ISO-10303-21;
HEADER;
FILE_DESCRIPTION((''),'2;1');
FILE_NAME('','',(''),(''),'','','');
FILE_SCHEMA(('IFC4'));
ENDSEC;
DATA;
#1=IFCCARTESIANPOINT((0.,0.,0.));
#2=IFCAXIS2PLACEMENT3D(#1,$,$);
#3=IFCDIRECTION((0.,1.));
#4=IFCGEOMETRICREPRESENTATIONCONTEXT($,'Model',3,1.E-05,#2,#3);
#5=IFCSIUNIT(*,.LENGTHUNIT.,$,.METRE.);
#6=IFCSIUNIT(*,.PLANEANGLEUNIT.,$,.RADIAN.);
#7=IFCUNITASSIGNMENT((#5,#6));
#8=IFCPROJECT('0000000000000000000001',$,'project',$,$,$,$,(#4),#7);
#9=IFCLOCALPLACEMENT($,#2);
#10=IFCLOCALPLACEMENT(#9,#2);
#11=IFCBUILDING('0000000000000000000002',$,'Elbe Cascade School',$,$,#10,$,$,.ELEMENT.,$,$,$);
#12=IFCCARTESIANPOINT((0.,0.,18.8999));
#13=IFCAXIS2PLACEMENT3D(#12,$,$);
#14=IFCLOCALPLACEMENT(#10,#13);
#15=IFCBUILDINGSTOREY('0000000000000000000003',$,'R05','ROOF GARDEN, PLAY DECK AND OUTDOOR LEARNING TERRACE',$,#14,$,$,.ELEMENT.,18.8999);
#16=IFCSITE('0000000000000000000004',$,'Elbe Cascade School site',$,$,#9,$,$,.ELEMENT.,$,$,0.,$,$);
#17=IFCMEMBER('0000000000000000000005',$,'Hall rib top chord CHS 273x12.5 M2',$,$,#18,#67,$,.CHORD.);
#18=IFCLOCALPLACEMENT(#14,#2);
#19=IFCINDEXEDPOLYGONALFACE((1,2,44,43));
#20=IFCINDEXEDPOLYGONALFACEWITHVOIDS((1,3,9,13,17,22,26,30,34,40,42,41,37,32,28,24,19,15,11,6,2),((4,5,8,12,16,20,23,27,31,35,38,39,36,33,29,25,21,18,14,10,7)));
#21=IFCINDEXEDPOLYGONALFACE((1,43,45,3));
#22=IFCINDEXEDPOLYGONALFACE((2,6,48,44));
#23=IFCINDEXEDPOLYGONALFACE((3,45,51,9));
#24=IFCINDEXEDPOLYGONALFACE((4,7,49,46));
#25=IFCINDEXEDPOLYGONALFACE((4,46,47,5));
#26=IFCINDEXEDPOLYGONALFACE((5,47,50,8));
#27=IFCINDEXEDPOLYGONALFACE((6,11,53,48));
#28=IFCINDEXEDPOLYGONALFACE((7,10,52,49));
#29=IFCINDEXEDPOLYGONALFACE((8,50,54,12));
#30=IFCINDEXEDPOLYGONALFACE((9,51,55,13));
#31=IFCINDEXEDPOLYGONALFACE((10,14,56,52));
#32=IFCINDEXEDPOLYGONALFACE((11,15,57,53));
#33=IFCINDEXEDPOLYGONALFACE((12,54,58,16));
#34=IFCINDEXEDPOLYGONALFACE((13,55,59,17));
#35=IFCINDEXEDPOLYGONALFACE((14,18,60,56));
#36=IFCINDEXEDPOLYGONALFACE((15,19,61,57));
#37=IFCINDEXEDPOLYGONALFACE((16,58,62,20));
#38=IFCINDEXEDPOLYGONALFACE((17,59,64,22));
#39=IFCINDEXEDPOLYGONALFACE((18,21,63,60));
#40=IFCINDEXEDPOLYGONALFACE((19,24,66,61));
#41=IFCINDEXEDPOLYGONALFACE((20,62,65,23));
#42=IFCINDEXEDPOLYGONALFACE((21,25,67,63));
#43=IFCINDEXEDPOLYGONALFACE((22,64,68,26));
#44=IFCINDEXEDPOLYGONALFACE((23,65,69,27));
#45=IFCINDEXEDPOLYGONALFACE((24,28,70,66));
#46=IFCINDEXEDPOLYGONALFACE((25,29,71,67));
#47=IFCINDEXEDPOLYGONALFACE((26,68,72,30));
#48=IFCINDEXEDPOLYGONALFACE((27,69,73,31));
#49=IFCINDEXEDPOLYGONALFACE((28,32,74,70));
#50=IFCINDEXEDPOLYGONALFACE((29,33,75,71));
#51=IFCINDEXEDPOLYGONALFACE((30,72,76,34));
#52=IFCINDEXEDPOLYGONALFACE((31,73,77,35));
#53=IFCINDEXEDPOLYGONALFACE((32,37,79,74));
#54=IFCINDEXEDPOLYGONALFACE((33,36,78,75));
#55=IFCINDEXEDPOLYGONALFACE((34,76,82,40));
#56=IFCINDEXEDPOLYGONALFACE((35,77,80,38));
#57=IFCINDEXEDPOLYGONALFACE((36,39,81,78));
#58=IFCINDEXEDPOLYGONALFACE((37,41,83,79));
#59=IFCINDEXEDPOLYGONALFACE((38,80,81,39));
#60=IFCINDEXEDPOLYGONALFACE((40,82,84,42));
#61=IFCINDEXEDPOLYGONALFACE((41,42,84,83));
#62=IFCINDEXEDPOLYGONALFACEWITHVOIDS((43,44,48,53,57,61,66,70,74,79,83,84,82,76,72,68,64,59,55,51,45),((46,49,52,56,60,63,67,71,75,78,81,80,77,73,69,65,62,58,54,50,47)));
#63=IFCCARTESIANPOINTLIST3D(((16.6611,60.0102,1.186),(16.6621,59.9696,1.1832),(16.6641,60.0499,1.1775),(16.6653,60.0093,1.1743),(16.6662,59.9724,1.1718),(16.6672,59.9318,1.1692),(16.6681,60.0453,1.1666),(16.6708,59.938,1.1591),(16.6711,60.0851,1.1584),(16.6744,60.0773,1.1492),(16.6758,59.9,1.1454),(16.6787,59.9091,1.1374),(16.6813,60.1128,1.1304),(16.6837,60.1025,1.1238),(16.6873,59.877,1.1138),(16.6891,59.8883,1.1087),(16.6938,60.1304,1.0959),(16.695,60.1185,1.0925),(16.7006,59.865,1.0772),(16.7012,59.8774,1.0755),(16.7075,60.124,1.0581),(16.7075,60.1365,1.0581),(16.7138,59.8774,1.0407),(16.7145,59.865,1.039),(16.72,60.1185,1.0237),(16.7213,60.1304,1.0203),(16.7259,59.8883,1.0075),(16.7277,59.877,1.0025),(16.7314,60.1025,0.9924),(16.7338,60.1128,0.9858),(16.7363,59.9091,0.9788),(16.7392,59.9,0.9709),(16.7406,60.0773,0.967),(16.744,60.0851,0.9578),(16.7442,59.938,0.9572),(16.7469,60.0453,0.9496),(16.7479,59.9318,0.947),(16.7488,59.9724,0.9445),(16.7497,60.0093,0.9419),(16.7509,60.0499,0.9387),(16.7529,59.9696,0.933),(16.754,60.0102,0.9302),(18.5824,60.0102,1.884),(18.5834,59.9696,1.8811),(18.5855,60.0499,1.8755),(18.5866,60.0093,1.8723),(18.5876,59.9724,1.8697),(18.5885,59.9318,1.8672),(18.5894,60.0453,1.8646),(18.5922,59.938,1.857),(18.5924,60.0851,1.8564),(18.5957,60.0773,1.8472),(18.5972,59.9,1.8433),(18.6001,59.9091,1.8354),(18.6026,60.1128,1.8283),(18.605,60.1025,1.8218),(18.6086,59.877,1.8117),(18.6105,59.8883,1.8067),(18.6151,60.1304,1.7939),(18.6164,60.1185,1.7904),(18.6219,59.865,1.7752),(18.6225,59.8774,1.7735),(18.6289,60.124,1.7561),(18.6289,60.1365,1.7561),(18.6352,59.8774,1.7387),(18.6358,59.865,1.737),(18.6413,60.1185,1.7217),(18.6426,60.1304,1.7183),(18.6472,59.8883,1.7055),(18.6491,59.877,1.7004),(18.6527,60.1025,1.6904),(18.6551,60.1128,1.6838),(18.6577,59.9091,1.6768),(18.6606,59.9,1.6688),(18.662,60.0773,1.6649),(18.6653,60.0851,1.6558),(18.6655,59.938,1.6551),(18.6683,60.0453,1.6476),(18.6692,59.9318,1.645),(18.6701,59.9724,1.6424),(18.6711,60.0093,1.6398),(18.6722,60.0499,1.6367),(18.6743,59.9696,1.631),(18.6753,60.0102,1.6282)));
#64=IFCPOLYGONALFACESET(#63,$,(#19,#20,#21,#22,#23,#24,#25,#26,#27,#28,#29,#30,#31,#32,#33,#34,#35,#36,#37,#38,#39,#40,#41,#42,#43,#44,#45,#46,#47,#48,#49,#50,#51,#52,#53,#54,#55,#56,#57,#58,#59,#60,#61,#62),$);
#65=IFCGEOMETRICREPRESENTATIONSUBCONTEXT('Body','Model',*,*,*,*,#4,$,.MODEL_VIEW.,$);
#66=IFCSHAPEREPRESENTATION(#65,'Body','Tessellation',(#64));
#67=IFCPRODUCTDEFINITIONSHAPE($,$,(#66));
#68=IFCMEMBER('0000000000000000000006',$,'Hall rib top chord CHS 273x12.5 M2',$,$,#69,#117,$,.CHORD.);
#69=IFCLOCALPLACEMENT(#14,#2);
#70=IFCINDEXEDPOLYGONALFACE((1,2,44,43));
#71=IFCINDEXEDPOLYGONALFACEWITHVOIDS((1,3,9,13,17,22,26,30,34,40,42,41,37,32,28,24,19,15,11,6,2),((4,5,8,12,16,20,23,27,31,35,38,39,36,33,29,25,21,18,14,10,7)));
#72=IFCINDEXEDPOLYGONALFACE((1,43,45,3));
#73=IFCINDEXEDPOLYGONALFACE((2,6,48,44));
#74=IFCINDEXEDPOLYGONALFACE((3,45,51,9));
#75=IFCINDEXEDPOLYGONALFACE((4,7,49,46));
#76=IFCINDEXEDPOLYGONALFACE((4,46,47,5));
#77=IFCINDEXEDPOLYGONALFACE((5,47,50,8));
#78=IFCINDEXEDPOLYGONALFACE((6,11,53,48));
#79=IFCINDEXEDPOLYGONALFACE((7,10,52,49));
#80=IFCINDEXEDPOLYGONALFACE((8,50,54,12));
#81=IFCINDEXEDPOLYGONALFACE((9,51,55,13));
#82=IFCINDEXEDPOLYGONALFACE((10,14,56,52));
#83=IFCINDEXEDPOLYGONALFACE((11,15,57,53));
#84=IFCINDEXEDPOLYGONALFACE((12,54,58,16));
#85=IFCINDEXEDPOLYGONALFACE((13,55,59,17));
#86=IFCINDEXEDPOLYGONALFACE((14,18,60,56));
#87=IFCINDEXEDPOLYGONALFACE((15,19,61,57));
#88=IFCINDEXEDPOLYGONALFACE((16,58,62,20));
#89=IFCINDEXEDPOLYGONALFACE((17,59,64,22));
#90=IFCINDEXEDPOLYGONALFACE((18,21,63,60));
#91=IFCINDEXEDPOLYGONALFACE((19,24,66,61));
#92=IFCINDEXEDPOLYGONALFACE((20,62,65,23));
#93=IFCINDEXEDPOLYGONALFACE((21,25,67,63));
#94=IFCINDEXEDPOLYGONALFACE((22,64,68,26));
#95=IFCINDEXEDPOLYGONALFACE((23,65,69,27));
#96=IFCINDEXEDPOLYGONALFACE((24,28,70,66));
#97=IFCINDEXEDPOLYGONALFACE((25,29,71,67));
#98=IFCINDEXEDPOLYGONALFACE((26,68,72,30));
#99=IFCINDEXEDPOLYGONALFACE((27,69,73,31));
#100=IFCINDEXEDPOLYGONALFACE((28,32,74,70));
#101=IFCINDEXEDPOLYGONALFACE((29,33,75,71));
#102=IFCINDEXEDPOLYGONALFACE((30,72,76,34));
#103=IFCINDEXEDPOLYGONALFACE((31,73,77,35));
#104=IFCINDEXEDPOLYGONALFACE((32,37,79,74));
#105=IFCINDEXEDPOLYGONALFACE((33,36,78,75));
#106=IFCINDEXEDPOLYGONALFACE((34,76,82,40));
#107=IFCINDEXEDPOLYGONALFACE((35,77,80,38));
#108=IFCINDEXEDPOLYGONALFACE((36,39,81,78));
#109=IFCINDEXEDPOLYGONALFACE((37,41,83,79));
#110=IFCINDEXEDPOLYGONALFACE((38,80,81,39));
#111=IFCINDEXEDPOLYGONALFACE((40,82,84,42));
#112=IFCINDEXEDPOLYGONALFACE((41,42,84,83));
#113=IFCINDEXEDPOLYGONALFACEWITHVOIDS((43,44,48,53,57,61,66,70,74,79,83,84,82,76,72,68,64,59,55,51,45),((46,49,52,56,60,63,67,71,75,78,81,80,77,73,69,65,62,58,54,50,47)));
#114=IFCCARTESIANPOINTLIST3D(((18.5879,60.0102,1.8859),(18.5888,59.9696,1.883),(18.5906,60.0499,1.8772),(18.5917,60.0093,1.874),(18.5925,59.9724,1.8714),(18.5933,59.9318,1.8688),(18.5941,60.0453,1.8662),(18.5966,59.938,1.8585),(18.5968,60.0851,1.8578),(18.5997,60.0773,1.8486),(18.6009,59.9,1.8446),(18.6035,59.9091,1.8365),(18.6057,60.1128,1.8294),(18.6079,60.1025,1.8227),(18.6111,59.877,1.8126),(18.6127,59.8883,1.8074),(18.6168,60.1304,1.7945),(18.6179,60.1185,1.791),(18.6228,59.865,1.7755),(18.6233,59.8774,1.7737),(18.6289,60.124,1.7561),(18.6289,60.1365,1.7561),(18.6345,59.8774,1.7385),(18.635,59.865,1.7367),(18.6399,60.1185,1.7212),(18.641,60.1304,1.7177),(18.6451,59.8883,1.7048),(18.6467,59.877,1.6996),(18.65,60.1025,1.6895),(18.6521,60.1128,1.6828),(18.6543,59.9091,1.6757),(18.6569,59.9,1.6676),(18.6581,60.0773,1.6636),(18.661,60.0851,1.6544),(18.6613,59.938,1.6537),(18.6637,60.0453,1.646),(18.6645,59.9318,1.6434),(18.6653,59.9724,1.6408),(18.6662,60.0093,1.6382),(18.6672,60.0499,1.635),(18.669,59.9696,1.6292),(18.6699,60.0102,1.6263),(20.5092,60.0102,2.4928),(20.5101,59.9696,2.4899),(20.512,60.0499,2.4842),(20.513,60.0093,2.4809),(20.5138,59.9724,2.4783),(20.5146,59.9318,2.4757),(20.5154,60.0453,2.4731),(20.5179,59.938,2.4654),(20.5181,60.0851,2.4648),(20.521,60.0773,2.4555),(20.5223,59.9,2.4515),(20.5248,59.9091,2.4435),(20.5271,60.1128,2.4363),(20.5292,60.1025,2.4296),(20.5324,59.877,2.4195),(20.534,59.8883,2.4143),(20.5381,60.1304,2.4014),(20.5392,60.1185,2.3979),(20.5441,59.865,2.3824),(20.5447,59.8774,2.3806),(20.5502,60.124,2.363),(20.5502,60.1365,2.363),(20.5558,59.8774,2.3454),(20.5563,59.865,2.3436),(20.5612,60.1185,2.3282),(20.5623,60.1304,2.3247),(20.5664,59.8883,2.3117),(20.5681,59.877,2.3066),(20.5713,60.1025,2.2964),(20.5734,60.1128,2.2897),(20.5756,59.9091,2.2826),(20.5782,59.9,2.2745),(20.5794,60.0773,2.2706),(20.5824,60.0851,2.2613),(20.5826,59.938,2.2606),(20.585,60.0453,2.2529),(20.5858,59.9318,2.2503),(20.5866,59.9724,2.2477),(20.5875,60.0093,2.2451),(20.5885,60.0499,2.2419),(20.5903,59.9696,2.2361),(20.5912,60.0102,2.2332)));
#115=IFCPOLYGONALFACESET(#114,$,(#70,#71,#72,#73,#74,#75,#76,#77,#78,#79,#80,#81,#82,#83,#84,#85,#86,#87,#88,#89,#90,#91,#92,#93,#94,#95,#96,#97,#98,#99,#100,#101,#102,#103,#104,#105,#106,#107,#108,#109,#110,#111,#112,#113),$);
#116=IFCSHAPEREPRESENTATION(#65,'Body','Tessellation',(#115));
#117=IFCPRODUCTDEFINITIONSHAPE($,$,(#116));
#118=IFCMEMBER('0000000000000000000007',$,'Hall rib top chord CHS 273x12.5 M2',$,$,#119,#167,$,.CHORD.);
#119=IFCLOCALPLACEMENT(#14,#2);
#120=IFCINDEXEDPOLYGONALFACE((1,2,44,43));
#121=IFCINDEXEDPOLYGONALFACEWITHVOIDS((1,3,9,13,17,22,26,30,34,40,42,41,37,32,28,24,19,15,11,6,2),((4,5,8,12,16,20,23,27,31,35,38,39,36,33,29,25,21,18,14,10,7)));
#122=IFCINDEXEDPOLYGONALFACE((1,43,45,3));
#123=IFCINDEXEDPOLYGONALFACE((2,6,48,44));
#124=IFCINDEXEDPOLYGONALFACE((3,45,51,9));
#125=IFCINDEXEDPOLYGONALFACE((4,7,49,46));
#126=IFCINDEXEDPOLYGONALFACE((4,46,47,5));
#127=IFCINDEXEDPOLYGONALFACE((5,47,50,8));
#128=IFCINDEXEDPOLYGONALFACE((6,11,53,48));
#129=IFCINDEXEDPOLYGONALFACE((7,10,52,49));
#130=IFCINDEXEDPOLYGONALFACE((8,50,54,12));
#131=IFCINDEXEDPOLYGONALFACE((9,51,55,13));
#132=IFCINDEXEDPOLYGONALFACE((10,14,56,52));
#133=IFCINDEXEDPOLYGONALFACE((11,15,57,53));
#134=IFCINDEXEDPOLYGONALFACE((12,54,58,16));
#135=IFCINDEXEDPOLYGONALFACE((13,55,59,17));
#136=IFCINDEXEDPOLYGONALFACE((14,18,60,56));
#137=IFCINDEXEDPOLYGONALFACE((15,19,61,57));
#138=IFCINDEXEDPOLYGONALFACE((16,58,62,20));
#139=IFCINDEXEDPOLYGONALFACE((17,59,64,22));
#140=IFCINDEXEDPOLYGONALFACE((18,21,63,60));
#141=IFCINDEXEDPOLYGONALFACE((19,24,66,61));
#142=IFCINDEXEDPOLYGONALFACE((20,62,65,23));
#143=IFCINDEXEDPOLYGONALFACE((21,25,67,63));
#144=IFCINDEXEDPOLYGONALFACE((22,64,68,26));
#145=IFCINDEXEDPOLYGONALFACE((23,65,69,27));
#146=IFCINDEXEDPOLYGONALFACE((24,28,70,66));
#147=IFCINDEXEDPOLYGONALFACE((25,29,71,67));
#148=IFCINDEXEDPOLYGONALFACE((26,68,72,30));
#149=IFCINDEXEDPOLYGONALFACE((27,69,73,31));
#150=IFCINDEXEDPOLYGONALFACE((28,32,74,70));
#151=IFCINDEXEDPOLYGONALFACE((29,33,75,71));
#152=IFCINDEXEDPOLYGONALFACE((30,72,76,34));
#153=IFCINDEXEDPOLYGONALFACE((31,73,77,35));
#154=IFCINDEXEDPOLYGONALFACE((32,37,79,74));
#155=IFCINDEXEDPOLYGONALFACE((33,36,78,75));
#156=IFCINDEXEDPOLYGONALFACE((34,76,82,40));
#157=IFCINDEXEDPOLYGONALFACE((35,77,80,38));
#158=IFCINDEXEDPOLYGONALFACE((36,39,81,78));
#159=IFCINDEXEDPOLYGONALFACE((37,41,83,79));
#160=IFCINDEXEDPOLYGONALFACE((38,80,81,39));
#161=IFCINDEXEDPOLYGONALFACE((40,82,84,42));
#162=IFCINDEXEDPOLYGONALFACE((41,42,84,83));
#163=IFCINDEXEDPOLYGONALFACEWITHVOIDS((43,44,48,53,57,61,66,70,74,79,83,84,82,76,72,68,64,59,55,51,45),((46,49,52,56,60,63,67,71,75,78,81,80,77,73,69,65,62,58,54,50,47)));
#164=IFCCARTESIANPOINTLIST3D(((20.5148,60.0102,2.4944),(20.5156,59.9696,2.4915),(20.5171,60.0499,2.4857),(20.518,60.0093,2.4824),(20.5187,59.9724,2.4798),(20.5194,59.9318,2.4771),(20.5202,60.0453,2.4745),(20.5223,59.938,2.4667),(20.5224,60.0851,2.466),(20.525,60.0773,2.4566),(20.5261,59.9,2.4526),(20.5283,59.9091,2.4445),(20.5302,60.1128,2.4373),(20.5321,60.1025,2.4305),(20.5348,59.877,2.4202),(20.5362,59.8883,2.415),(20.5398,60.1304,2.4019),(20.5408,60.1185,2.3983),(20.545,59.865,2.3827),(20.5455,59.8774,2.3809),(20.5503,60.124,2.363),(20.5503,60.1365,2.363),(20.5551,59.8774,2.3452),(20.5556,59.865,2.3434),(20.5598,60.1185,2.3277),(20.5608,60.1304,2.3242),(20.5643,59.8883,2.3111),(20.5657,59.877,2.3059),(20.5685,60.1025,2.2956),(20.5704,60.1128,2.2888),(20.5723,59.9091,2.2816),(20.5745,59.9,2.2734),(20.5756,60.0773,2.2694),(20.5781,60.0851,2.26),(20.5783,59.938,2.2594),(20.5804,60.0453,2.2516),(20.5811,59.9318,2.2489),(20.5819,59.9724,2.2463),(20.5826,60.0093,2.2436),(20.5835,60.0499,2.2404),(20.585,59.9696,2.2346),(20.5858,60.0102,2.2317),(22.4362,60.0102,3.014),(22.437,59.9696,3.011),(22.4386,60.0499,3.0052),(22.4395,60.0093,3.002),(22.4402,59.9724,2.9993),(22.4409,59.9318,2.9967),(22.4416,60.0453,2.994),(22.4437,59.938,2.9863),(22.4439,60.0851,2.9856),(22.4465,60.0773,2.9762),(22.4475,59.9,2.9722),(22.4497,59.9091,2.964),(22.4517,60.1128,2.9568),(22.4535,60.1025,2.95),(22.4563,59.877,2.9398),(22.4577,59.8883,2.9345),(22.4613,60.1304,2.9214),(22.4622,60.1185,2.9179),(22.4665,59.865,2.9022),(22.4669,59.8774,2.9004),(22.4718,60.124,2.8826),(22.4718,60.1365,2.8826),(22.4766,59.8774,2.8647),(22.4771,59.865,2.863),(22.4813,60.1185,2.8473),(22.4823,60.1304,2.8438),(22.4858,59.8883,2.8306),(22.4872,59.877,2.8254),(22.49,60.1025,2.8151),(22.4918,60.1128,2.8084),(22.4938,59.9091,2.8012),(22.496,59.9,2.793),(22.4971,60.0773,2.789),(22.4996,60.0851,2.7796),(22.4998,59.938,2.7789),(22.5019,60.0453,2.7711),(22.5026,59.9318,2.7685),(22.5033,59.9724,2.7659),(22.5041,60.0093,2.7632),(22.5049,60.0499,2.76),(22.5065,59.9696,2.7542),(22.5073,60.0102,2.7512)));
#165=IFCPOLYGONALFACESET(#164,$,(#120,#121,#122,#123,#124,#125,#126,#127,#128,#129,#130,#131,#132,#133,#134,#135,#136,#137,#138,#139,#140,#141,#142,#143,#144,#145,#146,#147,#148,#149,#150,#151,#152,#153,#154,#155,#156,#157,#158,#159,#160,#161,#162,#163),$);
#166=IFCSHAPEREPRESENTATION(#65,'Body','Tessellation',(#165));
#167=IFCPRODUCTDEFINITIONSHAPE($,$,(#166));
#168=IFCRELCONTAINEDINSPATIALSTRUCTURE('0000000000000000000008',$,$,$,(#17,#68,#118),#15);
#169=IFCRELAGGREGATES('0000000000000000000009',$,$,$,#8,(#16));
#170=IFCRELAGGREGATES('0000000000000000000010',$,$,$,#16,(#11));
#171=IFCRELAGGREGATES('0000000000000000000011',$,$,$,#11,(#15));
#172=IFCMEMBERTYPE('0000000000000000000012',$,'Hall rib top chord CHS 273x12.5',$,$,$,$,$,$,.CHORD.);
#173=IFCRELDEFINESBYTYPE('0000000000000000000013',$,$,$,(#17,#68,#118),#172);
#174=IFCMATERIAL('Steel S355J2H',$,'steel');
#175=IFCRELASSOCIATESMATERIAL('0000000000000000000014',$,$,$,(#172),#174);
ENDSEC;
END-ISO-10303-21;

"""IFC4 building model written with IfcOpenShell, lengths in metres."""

from ifc_helpers import new_model, si_unit, direction, frame, origin, origin_2d, place, context, subcontext, project, spatial, hollow_circle, extrude, material, material_profile, profile_set, type_object, element, save


model = new_model("IFC4")

# Units and contexts
model_context = context("Model", 3, precision=1e-05, world=origin(), true_north=direction((0.0, 1.0)))
body_context = subcontext(model_context, "Body", "Model", "MODEL_VIEW")
ifc_project = project(units=[si_unit("LENGTHUNIT", "METRE"), si_unit("PLANEANGLEUNIT", "RADIAN")], contexts=[model_context])

# Site, building, storey
site_placement = place(None, origin())
site = spatial("IfcSite", under=ifc_project, at=site_placement, Name="Elbe Cascade School site", CompositionType="ELEMENT", RefElevation=0.0)
building_placement = place(site_placement, origin())
building = spatial("IfcBuilding", under=site, at=building_placement, Name="Elbe Cascade School", CompositionType="ELEMENT")
storey_placement = place(building_placement, frame((0.0, 0.0, 18.8999)))
storey = spatial("IfcBuildingStorey", under=building, at=storey_placement, Name="R05", Description="ROOF GARDEN, PLAY DECK AND OUTDOOR LEARNING TERRACE", CompositionType="ELEMENT", Elevation=18.8999)

# Members
ifc_material_1 = material(Name="Steel S355J2H", Category="steel")
ifc_material_profile_1 = material_profile(ifc_material_1, hollow_circle(Radius=0.1365, WallThickness=0.0125, at=origin_2d()), Name="CHS 273x12.5")
ifc_profile_set_1 = profile_set([ifc_material_profile_1], Name="Steel S355J2H")
member_type_1 = type_object("IfcMemberType", Name="Hall rib top chord CHS 273x12.5", PredefinedType="CHORD", material=ifc_profile_set_1)
member_1_placement = place(storey_placement, frame((16.7075, 60.0, 1.0581), z_axis=(0.939901, 0.0, 0.341446), x_axis=(0.0, 1.0, 0.0)))
element("IfcMember", 1, at=member_1_placement, inside=storey, type_object=member_type_1, Name="Hall rib top chord CHS 273x12.5 M2", PredefinedType="CHORD", context=body_context, shape_type="SweptSolid", body=[
    extrude(hollow_circle(Radius=0.1365, WallThickness=0.0125, at=origin_2d()), origin(), (0.0, 0.0, 1.0), 2.0442),
])
member_2_placement = place(storey_placement, frame((18.6289, 60.0, 1.7561), z_axis=(0.953557, 0.0, 0.301213), x_axis=(0.0, 1.0, 0.0)))
element("IfcMember", 2, at=member_2_placement, inside=storey, type_object=member_type_1, Name="Hall rib top chord CHS 273x12.5 M2", PredefinedType="CHORD", context=body_context, shape_type="SweptSolid", body=[
    extrude(hollow_circle(Radius=0.1365, WallThickness=0.0125, at=origin_2d()), origin(), (0.0, 0.0, 1.0), 2.0149),
])
member_3_placement = place(storey_placement, frame((20.5503, 60.0, 2.363), z_axis=(0.965333, 0.0, 0.26102), x_axis=(0.0, 1.0, 0.0)))
element("IfcMember", 3, at=member_3_placement, inside=storey, type_object=member_type_1, Name="Hall rib top chord CHS 273x12.5 M2", PredefinedType="CHORD", context=body_context, shape_type="SweptSolid", body=[
    extrude(hollow_circle(Radius=0.1365, WallThickness=0.0125, at=origin_2d()), origin(), (0.0, 0.0, 1.0), 1.9905),
])

save(model, "model.ifc")
